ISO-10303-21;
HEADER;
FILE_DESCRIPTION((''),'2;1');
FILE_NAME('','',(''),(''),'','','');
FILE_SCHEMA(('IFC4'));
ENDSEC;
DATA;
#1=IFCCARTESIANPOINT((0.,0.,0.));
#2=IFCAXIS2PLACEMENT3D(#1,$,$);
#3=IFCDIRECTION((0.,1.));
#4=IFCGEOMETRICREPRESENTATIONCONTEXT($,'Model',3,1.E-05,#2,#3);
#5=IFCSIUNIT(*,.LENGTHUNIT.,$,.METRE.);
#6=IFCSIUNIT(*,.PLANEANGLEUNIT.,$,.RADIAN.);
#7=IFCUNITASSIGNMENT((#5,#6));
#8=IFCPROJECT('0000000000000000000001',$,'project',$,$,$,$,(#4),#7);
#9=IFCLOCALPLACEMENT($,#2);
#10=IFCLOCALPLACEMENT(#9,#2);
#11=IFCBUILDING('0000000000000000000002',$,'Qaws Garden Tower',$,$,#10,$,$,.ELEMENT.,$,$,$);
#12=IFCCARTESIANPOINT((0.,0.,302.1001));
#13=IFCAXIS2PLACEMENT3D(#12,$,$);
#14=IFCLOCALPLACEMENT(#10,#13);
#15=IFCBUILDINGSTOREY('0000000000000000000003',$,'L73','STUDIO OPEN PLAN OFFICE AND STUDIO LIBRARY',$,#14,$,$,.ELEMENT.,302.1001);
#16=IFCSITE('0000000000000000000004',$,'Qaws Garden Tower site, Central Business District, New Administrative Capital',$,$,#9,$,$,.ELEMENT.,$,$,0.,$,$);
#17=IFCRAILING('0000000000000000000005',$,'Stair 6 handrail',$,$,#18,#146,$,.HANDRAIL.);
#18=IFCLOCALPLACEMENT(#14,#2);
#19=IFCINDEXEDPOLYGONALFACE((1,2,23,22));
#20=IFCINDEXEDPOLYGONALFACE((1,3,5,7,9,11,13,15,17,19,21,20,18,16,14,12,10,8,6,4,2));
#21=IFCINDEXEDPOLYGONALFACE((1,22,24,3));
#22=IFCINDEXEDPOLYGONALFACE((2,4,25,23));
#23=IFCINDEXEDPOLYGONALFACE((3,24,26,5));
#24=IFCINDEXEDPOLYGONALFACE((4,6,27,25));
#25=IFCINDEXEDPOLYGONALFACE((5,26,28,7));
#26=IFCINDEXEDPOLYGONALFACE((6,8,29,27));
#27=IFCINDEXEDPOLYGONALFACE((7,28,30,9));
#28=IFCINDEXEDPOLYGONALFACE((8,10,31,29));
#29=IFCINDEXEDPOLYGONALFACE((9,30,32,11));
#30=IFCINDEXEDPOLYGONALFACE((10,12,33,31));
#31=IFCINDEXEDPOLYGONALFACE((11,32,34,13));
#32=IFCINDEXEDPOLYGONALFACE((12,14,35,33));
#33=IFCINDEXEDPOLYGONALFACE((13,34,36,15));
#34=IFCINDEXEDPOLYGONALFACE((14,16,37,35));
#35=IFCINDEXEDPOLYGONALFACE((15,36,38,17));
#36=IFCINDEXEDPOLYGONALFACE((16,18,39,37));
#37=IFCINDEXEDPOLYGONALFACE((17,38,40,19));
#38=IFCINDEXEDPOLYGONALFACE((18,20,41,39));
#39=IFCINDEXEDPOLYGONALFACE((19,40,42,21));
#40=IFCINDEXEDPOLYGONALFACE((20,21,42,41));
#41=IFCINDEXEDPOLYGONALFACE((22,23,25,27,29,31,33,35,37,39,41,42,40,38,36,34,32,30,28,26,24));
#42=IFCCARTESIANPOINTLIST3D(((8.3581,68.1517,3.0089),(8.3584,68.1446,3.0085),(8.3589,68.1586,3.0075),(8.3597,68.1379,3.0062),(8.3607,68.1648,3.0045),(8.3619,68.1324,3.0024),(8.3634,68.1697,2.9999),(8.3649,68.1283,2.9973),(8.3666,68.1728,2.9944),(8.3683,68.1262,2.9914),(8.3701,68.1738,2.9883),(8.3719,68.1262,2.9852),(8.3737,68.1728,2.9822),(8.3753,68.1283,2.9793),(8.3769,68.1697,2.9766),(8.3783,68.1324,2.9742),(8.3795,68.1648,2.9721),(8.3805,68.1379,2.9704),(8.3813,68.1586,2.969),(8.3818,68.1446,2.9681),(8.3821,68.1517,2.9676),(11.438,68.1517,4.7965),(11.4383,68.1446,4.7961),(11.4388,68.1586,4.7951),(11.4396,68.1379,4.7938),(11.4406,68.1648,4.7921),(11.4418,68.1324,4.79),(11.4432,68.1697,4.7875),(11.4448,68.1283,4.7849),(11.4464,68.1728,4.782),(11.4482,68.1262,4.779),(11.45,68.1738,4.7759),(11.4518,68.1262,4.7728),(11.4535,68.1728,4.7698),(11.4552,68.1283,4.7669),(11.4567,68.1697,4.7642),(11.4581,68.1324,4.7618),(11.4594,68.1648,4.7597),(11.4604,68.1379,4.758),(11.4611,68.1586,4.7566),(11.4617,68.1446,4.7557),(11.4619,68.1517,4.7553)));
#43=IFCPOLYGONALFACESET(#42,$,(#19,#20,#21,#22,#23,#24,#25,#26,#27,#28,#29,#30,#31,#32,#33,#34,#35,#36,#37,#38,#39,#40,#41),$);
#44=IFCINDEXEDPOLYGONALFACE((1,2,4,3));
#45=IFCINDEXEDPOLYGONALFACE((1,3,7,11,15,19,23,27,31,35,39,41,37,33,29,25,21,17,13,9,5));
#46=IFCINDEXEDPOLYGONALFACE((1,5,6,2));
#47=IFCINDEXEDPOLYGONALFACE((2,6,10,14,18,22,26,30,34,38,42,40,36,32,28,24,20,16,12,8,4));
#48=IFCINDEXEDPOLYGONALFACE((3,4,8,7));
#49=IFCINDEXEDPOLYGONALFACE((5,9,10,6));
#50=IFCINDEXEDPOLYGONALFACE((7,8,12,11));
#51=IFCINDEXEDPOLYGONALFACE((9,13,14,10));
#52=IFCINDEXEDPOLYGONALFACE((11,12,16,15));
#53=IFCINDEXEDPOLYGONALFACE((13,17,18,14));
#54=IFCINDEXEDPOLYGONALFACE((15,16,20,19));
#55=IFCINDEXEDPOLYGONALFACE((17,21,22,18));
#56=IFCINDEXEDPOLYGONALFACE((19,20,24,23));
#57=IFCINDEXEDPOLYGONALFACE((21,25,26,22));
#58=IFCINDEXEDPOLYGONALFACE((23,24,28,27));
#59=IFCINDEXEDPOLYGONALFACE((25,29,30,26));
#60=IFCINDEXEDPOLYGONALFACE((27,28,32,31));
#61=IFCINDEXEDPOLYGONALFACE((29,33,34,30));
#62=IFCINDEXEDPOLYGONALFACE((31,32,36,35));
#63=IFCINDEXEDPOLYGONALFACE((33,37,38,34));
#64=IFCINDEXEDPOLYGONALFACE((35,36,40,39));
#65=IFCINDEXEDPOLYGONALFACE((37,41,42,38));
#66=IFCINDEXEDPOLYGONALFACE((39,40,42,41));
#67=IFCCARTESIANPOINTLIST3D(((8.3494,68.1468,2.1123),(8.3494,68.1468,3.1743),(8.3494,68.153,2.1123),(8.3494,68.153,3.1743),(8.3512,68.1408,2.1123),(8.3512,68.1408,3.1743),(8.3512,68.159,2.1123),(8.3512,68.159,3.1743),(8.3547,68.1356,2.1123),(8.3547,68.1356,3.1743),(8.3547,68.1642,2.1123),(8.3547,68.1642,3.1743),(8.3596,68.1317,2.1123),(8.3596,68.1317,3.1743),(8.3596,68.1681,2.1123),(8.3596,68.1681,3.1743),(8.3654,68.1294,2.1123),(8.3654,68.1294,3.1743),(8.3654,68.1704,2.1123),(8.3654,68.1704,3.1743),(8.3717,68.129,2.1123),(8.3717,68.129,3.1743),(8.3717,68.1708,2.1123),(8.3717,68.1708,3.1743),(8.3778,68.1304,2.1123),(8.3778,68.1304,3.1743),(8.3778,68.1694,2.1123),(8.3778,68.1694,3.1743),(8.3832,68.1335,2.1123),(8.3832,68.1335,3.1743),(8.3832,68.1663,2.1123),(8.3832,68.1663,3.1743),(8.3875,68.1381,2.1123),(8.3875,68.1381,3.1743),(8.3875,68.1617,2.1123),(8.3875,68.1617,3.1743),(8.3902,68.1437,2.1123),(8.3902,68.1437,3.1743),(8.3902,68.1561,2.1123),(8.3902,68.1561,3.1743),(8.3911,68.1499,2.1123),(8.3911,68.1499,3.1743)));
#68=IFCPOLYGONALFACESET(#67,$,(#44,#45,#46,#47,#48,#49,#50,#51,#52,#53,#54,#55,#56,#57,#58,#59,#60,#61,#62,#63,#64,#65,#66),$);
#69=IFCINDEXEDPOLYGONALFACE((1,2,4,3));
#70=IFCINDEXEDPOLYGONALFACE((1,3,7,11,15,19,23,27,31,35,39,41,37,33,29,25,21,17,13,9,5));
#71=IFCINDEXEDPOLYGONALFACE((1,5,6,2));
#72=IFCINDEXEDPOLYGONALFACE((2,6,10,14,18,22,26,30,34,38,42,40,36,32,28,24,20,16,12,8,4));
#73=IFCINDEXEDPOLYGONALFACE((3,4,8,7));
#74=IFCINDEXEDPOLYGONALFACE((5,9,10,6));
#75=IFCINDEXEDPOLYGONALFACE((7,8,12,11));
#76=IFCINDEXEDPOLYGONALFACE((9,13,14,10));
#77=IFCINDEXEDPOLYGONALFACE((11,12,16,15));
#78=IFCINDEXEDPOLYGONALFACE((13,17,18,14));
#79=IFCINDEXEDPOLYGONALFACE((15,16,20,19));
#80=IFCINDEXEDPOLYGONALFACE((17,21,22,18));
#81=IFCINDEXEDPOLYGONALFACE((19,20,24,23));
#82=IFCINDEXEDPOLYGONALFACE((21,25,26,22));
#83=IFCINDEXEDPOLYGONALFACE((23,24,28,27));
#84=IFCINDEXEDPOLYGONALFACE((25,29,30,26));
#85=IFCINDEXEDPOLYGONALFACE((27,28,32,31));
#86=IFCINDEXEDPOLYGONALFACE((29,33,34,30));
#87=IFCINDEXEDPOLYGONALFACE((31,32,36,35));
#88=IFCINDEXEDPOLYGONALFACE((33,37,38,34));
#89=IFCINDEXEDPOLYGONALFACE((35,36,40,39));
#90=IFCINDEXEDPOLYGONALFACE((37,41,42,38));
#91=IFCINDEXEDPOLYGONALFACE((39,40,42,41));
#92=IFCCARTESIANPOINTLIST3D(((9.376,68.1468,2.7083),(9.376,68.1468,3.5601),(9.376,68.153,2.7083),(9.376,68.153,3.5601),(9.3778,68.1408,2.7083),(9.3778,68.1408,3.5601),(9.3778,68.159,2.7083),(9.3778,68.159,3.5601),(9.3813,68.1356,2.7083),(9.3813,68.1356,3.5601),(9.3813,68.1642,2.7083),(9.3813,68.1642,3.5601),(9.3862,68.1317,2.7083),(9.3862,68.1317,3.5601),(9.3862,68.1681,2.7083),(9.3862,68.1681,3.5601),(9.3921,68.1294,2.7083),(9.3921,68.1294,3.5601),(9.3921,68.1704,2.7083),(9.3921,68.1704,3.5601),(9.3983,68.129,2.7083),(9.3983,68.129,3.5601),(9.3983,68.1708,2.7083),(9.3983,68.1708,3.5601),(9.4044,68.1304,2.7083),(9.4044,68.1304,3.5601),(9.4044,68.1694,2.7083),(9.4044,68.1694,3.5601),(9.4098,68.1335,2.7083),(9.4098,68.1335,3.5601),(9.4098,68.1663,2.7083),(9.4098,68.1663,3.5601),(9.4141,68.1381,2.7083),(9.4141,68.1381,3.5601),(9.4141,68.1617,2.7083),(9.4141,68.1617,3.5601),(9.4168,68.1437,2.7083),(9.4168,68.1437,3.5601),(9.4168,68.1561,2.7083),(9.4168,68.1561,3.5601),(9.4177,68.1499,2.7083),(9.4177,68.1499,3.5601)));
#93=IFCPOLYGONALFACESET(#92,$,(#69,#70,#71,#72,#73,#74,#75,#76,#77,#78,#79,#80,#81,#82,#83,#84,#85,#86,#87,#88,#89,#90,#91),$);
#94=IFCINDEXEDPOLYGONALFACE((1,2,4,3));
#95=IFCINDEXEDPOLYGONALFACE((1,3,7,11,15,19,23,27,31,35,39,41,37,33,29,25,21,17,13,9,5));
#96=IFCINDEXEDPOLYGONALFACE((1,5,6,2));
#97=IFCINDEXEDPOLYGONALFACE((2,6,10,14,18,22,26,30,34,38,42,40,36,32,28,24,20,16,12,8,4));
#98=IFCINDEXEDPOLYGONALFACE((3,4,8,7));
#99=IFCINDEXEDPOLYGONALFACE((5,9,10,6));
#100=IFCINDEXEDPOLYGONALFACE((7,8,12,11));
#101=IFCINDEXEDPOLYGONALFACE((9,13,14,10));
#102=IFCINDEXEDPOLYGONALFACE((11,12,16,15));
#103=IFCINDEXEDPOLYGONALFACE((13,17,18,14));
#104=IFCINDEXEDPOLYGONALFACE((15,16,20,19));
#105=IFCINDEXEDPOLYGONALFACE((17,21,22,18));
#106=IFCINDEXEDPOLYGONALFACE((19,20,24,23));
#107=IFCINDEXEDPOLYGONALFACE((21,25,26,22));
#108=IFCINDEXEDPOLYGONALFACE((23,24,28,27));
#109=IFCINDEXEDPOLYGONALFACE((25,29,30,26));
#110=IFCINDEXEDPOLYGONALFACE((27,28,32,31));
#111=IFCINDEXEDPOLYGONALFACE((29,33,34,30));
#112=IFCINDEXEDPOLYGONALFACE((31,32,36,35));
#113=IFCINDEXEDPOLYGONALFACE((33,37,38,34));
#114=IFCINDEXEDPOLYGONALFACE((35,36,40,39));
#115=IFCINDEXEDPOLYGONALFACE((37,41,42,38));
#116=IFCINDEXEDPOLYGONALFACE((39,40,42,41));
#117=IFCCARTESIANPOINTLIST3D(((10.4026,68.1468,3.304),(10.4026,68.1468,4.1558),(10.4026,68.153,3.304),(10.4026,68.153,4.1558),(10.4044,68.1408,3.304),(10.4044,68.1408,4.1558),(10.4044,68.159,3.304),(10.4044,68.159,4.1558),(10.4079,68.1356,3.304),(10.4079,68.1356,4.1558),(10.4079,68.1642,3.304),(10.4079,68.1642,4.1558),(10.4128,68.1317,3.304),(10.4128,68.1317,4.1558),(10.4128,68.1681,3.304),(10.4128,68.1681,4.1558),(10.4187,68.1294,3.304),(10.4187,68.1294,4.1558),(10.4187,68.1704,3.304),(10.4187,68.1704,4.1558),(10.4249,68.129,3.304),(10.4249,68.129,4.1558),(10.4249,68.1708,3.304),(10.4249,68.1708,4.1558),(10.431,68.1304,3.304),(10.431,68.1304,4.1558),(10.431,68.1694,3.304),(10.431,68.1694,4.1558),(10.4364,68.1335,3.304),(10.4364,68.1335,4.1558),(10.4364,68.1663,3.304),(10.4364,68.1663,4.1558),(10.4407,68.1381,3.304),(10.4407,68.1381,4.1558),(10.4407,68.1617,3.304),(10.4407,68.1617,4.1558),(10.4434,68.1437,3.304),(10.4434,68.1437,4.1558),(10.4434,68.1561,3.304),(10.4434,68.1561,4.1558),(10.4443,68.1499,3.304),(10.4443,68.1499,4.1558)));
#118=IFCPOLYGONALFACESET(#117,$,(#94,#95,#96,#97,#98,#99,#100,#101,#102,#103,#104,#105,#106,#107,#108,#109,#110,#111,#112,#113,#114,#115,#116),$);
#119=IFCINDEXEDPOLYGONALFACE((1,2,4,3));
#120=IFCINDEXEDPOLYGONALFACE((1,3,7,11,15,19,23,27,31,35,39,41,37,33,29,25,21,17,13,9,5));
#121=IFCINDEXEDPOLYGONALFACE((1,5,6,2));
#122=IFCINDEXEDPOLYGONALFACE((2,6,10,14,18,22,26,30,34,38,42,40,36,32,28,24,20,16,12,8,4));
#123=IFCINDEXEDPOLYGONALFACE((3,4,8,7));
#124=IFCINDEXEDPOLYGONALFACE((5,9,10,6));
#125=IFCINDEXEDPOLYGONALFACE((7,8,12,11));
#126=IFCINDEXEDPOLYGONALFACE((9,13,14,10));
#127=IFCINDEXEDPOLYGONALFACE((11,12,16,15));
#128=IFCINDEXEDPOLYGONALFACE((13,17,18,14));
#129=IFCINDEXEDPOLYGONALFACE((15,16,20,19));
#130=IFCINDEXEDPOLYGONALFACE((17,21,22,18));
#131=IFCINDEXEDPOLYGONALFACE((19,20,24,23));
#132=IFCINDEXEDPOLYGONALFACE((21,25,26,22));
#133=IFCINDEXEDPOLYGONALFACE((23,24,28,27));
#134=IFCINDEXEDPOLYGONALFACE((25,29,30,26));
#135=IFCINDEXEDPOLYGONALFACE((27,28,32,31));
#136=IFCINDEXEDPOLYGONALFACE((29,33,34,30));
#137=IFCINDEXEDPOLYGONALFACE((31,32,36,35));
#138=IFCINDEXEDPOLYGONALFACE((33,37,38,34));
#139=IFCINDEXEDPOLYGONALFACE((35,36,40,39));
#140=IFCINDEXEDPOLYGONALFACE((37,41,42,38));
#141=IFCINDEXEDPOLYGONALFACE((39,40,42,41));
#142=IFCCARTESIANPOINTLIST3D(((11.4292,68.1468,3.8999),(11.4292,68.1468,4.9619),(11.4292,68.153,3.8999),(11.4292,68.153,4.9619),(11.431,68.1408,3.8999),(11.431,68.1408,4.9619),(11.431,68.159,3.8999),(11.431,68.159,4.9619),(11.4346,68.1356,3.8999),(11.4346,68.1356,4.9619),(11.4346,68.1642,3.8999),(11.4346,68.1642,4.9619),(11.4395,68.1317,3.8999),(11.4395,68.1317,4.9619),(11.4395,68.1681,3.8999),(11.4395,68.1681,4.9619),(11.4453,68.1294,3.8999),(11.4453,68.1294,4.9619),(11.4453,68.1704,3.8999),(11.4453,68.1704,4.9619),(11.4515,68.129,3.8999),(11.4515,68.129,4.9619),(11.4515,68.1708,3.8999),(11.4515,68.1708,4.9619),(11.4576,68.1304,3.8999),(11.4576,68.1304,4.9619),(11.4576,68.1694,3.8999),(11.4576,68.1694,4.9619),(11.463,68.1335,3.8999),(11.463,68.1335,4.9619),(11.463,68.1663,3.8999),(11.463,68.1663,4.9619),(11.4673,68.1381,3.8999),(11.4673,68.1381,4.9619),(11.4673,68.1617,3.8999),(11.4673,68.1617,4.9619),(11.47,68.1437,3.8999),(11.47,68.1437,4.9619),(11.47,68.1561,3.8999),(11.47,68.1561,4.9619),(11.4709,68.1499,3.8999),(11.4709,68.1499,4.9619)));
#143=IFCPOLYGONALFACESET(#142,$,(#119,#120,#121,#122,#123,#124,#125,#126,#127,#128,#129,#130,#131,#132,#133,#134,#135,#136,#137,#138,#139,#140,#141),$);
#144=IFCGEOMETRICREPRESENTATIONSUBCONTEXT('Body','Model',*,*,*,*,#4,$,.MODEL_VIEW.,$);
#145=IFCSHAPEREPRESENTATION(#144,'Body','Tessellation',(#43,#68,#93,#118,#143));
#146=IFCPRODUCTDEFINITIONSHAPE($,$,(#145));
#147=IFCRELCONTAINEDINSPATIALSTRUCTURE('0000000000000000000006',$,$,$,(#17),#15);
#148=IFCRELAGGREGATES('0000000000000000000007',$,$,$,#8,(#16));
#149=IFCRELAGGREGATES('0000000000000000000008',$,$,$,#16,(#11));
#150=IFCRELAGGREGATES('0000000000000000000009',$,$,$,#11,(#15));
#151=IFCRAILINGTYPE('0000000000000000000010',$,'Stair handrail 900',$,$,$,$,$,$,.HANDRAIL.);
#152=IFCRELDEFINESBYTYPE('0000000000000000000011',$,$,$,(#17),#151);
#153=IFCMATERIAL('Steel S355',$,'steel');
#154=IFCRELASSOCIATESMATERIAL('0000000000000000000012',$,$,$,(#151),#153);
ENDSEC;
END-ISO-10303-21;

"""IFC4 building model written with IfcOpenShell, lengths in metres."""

from ifc_helpers import new_model, si_unit, direction, frame, origin, origin_2d, place, context, subcontext, project, spatial, circle, extrude, material, type_object, element, save


model = new_model("IFC4")

# Units and contexts
model_context = context("Model", 3, precision=1e-05, world=origin(), true_north=direction((0.0, 1.0)))
body_context = subcontext(model_context, "Body", "Model", "MODEL_VIEW")
ifc_project = project(units=[si_unit("LENGTHUNIT", "METRE"), si_unit("PLANEANGLEUNIT", "RADIAN")], contexts=[model_context])

# Site, building, storey
site_placement = place(None, origin())
site = spatial("IfcSite", under=ifc_project, at=site_placement, Name="Qaws Garden Tower site, Central Business District, New Administrative Capital", CompositionType="ELEMENT", RefElevation=0.0)
building_placement = place(site_placement, origin())
building = spatial("IfcBuilding", under=site, at=building_placement, Name="Qaws Garden Tower", CompositionType="ELEMENT")
storey_placement = place(building_placement, frame((0.0, 0.0, 302.1001)))
storey = spatial("IfcBuildingStorey", under=building, at=storey_placement, Name="L73", Description="STUDIO OPEN PLAN OFFICE AND STUDIO LIBRARY", CompositionType="ELEMENT", Elevation=302.1001)

# Railing
ifc_material_1 = material(Name="Steel S355", Category="steel")
railing_type = type_object("IfcRailingType", Name="Stair handrail 900", PredefinedType="HANDRAIL", material=ifc_material_1)
railing_1_placement = place(storey_placement, frame((8.3701, 68.1499, 2.1123)))
element("IfcRailing", 1, at=railing_1_placement, inside=storey, type_object=railing_type, Name="Stair 6 handrail", PredefinedType="HANDRAIL", context=body_context, shape_type="SweptSolid", body=[
    extrude(circle(Radius=0.0239, at=origin_2d()), frame((0.0, 0.0, 0.876), z_axis=(0.864873, 0.0, 0.50199), x_axis=(0.0, 1.0, 0.0)), (0.0, 0.0, 1.0), 3.561),
    extrude(circle(Radius=0.021, at=origin_2d()), origin(), (0.0, 0.0, 1.0), 1.062),
    extrude(circle(Radius=0.021, at=origin_2d()), frame((1.0266, 0.0, 0.5959)), (0.0, 0.0, 1.0), 0.8518),
    extrude(circle(Radius=0.021, at=origin_2d()), frame((2.0532, 0.0, 1.1917)), (0.0, 0.0, 1.0), 0.8518),
    extrude(circle(Radius=0.021, at=origin_2d()), frame((3.0798, 0.0, 1.7876)), (0.0, 0.0, 1.0), 1.062),
])

save(model, "model.ifc")
